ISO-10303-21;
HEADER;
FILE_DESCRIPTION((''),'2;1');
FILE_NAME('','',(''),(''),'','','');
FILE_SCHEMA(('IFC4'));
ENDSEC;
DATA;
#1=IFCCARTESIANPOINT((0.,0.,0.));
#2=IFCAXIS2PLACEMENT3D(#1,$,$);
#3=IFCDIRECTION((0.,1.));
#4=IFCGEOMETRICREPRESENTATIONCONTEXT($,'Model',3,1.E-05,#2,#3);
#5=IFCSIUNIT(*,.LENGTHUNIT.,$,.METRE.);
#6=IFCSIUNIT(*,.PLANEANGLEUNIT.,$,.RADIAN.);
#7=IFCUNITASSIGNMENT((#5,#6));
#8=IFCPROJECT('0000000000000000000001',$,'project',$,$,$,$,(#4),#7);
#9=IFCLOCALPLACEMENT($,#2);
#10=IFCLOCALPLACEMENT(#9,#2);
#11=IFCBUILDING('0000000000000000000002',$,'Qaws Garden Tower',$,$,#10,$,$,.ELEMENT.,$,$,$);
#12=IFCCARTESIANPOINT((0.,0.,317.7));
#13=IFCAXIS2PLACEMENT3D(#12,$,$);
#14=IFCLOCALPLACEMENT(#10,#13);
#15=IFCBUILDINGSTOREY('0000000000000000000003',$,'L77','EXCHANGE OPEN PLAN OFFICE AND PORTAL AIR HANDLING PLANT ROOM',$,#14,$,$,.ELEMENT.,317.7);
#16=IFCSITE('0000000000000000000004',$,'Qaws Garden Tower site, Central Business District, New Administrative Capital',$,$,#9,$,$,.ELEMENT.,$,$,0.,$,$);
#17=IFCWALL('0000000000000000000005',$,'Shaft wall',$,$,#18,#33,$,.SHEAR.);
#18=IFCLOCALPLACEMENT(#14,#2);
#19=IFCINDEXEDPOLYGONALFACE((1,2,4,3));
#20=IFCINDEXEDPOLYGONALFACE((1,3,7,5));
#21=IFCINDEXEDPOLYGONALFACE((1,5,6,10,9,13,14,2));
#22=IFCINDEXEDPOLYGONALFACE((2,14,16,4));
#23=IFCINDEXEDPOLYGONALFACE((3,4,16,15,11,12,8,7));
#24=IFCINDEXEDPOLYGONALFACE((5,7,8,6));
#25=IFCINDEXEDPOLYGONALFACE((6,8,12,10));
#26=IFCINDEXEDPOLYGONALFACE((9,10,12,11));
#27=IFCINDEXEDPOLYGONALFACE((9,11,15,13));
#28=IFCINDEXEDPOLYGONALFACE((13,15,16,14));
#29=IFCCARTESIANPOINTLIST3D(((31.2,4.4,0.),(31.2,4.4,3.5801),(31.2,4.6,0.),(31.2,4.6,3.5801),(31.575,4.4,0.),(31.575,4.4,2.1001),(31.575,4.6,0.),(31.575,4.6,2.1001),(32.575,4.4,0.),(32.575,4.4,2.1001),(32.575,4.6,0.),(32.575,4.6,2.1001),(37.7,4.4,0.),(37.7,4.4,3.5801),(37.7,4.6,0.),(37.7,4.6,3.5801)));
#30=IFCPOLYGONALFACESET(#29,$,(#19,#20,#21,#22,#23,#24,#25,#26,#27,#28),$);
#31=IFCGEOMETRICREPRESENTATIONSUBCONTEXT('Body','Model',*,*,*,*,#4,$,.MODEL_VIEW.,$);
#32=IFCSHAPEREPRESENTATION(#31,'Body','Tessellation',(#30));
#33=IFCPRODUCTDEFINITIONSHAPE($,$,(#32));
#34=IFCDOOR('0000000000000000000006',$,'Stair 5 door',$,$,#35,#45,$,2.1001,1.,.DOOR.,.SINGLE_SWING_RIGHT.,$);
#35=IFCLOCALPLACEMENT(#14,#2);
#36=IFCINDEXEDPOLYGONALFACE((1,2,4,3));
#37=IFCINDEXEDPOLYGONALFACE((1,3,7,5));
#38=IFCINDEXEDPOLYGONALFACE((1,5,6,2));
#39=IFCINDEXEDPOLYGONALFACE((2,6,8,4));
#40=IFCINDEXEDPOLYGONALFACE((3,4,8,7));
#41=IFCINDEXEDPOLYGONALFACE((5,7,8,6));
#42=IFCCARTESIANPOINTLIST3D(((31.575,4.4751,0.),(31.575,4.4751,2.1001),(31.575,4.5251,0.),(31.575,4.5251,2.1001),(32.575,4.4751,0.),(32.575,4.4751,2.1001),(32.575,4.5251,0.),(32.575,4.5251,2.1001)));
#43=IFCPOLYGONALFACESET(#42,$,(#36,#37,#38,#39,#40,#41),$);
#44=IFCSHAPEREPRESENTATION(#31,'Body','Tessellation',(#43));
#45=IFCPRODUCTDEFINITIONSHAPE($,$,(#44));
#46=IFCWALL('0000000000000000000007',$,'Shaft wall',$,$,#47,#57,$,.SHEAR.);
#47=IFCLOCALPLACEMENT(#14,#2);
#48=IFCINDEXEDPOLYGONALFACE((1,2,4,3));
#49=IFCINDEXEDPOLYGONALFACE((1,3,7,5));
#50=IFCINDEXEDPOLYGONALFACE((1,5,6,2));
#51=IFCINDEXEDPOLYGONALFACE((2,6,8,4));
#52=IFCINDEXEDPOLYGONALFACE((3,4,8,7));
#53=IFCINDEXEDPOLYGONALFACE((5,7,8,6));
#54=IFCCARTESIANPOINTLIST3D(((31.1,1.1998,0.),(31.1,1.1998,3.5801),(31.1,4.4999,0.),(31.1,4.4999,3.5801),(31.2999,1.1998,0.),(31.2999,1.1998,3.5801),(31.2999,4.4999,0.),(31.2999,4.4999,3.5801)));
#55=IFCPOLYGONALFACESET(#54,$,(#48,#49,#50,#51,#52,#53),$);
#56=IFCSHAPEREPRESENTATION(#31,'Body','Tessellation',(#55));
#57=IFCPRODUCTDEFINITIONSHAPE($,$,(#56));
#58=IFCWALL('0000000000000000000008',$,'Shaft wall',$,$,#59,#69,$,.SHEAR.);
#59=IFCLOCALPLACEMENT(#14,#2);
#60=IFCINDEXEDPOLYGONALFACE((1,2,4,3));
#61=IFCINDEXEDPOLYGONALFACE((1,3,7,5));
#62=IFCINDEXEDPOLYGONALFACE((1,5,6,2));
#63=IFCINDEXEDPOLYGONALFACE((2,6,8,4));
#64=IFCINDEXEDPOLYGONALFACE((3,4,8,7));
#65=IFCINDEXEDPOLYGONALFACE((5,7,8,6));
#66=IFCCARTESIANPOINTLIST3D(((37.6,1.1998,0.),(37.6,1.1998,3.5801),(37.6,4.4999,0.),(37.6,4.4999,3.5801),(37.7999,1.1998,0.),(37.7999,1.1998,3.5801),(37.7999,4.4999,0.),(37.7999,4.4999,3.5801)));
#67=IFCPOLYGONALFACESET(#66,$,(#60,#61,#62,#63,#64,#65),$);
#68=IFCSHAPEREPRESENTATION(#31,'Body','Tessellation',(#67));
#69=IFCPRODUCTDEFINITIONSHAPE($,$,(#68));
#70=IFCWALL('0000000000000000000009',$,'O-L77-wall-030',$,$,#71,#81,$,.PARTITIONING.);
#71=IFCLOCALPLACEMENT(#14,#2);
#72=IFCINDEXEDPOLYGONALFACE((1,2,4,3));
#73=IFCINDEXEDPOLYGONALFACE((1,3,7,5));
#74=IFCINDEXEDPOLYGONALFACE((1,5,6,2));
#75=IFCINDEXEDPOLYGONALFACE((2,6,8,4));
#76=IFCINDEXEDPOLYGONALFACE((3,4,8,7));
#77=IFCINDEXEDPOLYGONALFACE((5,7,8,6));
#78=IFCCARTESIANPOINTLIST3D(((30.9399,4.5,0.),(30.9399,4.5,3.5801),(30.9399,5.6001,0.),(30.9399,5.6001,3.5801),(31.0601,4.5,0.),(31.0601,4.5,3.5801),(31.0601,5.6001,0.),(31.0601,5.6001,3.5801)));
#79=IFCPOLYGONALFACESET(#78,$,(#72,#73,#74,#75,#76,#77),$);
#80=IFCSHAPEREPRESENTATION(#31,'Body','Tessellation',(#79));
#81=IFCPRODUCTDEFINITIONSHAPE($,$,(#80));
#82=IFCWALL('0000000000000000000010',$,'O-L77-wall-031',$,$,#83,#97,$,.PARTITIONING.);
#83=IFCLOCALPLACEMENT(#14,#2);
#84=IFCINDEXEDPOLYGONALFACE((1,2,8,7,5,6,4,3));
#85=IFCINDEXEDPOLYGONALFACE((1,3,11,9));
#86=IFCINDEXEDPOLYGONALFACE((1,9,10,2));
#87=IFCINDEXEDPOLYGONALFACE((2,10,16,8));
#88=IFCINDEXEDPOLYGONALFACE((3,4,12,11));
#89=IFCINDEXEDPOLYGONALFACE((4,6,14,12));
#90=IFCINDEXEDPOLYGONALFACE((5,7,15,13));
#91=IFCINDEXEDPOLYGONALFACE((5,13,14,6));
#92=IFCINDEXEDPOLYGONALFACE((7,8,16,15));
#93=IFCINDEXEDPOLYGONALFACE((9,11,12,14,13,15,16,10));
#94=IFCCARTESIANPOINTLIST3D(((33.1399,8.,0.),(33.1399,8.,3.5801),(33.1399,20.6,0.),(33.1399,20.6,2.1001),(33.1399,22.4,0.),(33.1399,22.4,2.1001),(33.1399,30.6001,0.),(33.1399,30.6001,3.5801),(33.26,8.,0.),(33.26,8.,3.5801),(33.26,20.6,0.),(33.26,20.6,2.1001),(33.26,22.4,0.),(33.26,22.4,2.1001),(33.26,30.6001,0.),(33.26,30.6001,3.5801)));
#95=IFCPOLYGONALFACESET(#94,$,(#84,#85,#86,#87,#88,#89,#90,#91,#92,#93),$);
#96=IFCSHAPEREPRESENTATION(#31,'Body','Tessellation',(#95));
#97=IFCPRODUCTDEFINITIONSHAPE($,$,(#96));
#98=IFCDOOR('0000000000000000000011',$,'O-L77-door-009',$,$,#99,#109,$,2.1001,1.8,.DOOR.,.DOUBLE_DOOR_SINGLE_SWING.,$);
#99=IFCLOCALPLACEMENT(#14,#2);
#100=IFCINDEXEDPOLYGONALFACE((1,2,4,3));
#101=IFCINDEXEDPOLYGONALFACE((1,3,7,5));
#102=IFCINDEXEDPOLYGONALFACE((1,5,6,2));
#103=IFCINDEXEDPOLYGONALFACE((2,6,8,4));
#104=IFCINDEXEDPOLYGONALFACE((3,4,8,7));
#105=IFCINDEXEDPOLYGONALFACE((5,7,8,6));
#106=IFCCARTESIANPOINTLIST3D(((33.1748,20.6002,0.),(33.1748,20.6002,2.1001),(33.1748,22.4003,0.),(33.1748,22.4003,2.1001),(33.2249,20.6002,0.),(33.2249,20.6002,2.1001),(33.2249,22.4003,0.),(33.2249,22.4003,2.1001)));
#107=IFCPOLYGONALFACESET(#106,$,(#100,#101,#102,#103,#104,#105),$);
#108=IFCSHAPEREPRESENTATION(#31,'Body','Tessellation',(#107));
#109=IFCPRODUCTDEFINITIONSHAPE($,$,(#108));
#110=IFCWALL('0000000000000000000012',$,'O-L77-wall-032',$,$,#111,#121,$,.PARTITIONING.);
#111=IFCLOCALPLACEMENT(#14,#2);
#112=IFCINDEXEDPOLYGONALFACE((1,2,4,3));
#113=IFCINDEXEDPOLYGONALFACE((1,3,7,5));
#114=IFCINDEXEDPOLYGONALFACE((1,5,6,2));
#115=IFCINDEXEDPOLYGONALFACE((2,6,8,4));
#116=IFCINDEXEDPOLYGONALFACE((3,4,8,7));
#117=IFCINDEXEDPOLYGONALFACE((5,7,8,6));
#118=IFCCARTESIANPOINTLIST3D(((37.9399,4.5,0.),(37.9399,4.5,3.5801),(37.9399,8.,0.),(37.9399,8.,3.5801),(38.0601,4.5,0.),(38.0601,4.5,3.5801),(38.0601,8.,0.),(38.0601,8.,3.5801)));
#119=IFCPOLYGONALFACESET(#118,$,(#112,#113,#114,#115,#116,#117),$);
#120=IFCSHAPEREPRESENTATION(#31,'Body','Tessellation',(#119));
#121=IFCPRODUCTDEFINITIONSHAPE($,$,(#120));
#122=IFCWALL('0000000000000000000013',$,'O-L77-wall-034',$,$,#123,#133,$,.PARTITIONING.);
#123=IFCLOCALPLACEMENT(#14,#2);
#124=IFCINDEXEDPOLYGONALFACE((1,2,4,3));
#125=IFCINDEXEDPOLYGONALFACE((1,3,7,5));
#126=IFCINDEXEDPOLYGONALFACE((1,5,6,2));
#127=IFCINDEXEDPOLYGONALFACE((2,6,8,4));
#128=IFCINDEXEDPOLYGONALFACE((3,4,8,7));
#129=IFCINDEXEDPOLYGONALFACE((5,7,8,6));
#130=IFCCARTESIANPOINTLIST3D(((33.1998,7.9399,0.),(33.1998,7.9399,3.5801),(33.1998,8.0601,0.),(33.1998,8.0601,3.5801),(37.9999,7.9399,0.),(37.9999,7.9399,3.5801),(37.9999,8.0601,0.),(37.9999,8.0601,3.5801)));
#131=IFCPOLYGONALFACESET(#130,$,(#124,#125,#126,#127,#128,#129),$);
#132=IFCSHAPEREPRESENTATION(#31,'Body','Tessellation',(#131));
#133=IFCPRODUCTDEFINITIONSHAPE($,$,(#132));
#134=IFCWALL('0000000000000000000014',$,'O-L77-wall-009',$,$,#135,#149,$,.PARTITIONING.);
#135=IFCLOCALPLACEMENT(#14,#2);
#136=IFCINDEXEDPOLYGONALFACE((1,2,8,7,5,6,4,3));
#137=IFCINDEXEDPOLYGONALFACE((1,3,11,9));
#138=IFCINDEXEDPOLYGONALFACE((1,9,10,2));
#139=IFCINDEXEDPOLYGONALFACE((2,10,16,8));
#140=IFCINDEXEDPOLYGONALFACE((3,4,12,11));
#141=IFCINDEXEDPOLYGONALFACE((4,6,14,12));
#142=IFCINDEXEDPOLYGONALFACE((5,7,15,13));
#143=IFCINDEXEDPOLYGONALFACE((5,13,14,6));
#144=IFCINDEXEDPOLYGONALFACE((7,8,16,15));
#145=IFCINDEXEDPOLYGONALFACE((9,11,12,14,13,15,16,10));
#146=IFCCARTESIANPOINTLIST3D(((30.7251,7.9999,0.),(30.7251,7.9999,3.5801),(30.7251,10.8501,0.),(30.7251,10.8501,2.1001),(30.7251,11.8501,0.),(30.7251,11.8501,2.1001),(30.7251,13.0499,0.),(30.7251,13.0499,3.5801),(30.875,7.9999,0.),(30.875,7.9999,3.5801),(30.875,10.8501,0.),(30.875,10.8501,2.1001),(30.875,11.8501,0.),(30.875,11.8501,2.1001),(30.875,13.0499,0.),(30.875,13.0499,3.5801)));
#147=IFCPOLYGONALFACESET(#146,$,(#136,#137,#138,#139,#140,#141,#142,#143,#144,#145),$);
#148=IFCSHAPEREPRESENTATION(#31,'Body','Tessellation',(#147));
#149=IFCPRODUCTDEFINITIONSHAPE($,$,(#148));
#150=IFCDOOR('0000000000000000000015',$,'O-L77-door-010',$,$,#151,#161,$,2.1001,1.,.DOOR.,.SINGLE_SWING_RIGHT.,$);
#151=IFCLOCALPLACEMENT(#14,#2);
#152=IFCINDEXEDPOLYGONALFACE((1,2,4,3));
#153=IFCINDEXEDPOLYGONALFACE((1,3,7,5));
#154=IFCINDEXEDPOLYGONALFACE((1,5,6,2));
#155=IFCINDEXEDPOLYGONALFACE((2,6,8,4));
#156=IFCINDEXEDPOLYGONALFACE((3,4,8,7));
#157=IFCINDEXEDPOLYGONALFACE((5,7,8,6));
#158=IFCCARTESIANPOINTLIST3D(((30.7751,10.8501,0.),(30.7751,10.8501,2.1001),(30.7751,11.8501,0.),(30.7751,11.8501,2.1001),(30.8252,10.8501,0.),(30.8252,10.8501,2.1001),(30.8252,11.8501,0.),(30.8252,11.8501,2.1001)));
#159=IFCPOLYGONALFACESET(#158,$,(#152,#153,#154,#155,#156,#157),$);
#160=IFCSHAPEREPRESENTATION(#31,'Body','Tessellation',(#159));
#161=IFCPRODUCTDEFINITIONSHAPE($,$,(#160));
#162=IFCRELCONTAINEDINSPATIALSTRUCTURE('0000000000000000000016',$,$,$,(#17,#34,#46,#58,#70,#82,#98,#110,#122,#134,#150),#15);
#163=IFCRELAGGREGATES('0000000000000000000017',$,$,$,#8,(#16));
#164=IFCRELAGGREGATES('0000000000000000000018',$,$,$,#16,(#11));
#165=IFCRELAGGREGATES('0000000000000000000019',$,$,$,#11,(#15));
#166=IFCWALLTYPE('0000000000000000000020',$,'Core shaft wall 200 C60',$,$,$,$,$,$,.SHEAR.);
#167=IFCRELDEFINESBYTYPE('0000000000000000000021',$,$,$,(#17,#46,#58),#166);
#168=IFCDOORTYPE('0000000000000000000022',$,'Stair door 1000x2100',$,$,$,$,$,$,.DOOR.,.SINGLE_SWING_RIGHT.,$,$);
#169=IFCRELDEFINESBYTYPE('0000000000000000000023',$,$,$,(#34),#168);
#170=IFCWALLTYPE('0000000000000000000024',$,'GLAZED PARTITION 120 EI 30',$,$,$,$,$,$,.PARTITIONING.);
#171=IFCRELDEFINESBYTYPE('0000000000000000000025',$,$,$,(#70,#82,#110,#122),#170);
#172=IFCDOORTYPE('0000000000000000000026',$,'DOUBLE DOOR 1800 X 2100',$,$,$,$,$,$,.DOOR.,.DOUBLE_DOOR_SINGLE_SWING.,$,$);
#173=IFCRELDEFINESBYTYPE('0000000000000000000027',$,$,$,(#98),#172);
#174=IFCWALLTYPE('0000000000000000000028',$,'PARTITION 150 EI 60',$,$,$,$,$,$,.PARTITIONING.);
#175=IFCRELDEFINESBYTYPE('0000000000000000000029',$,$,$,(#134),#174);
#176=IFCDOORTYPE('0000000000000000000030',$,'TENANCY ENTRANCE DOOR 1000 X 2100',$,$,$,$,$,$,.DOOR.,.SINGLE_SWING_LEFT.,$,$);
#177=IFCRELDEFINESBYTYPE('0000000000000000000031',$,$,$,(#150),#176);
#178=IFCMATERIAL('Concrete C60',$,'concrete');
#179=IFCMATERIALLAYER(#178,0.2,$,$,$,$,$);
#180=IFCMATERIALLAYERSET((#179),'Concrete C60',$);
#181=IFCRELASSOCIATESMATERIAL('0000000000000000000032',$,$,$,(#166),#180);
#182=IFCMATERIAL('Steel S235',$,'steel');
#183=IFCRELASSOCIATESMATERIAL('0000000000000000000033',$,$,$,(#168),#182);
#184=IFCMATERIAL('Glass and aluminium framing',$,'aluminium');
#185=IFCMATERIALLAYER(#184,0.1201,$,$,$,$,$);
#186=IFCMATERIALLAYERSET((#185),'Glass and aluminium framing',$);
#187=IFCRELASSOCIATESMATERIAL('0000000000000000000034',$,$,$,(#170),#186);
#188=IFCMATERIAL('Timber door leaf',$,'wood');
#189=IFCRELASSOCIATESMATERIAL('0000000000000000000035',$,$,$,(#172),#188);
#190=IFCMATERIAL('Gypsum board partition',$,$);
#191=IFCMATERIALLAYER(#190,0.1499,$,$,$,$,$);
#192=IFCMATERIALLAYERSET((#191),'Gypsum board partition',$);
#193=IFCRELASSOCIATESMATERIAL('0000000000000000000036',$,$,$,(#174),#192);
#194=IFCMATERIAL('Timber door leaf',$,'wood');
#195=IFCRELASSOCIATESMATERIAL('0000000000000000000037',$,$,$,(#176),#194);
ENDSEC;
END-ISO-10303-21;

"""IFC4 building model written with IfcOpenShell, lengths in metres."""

from ifc_helpers import new_model, si_unit, direction, frame, frame_2d, origin, place, context, subcontext, project, spatial, rectangle, extrude, material, layer, layer_set, type_object, element, fill, save


model = new_model("IFC4")

# Units and contexts
model_context = context("Model", 3, precision=1e-05, world=origin(), true_north=direction((0.0, 1.0)))
body_context = subcontext(model_context, "Body", "Model", "MODEL_VIEW")
ifc_project = project(units=[si_unit("LENGTHUNIT", "METRE"), si_unit("PLANEANGLEUNIT", "RADIAN")], contexts=[model_context])

# Site, building, storey
site_placement = place(None, origin())
site = spatial("IfcSite", under=ifc_project, at=site_placement, Name="Qaws Garden Tower site, Central Business District, New Administrative Capital", CompositionType="ELEMENT", RefElevation=0.0)
building_placement = place(site_placement, origin())
building = spatial("IfcBuilding", under=site, at=building_placement, Name="Qaws Garden Tower", CompositionType="ELEMENT")
storey_placement = place(building_placement, frame((0.0, 0.0, 317.7)))
storey = spatial("IfcBuildingStorey", under=building, at=storey_placement, Name="L77", Description="EXCHANGE OPEN PLAN OFFICE AND PORTAL AIR HANDLING PLANT ROOM", CompositionType="ELEMENT", Elevation=317.7)

# Shared definitions
ifc_material_1 = material(Name="Concrete C60", Category="concrete")
ifc_layer_1 = layer(ifc_material_1, 0.2)
ifc_layer_set_1 = layer_set([ifc_layer_1], Name="Concrete C60")
wall_type_1 = type_object("IfcWallType", Name="Core shaft wall 200 C60", PredefinedType="SHEAR", material=ifc_layer_set_1)

# Wall, opening, door
wall_1_placement = place(storey_placement, frame((31.2, 4.5, 0.0), z_axis=(0.0, 0.0, 1.0), x_axis=(1.0, 0.0, 0.0)))
wall_1 = element("IfcWall", 1, at=wall_1_placement, inside=storey, type_object=wall_type_1, Name="Shaft wall", PredefinedType="SHEAR", context=body_context, shape_type="SweptSolid", body=[
    extrude(rectangle(XDim=6.5, YDim=0.2, at=frame_2d((3.25, 0.0))), origin(), (0.0, 0.0, 1.0), 3.5801),
])
opening_1_placement = place(wall_1_placement, frame((0.375, 0.0, 0.0)))
opening_1 = element("IfcOpeningElement", 2, at=opening_1_placement, cuts=wall_1, PredefinedType="OPENING", context=body_context, shape_type="SweptSolid", body=[
    extrude(rectangle(XDim=1.0, YDim=2.1001, at=frame_2d((0.5, 1.05))), frame((0.0, 0.1099, 0.0), z_axis=(0.0, -1.0, 0.0), x_axis=(1.0, 0.0, 0.0)), (0.0, 0.0, 1.0), 0.22),
])
ifc_material_2 = material(Name="Steel S235", Category="steel")
door_type_1 = type_object("IfcDoorType", Name="Stair door 1000x2100", OperationType="SINGLE_SWING_RIGHT", PredefinedType="DOOR", material=ifc_material_2)
door_1_placement = place(opening_1_placement, frame((1.0, 0.0, 0.0), z_axis=(0.0, 0.0, 1.0), x_axis=(-1.0, 0.0, 0.0)))
door_1 = element("IfcDoor", 3, at=door_1_placement, inside=storey, type_object=door_type_1, Name="Stair 5 door", OperationType="SINGLE_SWING_RIGHT", OverallHeight=2.1001, OverallWidth=1.0, PredefinedType="DOOR", context=body_context, shape_type="SweptSolid", body=[
    extrude(rectangle(XDim=1.0, YDim=2.1001, at=frame_2d((0.5, 1.05))), frame((0.0, 0.0249, 0.0), z_axis=(0.0, -1.0, 0.0), x_axis=(1.0, 0.0, 0.0)), (0.0, 0.0, 1.0), 0.05),
])
fill(opening_1, door_1)

# Walls
for number, where, z_axis, x_axis, name in (
    (4, (31.2, 1.2, 0.0), (0.0, 0.0, 1.0), (0.0, 1.0, 0.0), "Shaft wall"),
    (5, (37.7, 1.2, 0.0), (0.0, 0.0, 1.0), (0.0, 1.0, 0.0), "Shaft wall"),
):
    element("IfcWall", number, at=place(storey_placement, frame(where, z_axis=z_axis, x_axis=x_axis)), inside=storey, type_object=wall_type_1, Name=name, PredefinedType="SHEAR", context=body_context, shape_type="SweptSolid", body=[
        extrude(rectangle(XDim=3.3, YDim=0.2, at=frame_2d((1.6499, 0.0))), origin(), (0.0, 0.0, 1.0), 3.5801),
    ])
ifc_material_3 = material(Name="Glass and aluminium framing", Category="aluminium")
ifc_layer_2 = layer(ifc_material_3, 0.1201)
ifc_layer_set_2 = layer_set([ifc_layer_2], Name="Glass and aluminium framing")
wall_type_2 = type_object("IfcWallType", Name="GLAZED PARTITION 120 EI 30", PredefinedType="PARTITIONING", material=ifc_layer_set_2)
wall_2_placement = place(storey_placement, frame((31.0, 4.5, 0.0), z_axis=(0.0, 0.0, 1.0), x_axis=(0.0, 1.0, 0.0)))
element("IfcWall", 6, at=wall_2_placement, inside=storey, type_object=wall_type_2, Name="O-L77-wall-030", PredefinedType="PARTITIONING", context=body_context, shape_type="SweptSolid", body=[
    extrude(rectangle(XDim=1.1001, YDim=0.1201, at=frame_2d((0.55, 0.0))), origin(), (0.0, 0.0, 1.0), 3.5801),
])

# Wall, opening, door
wall_3_placement = place(storey_placement, frame((33.2, 8.0, 0.0), z_axis=(0.0, 0.0, 1.0), x_axis=(0.0, 1.0, 0.0)))
wall_3 = element("IfcWall", 7, at=wall_3_placement, inside=storey, type_object=wall_type_2, Name="O-L77-wall-031", PredefinedType="PARTITIONING", context=body_context, shape_type="SweptSolid", body=[
    extrude(rectangle(XDim=22.6001, YDim=0.1201, at=frame_2d((11.3, 0.0))), origin(), (0.0, 0.0, 1.0), 3.5801),
])
opening_2_placement = place(wall_3_placement, frame((12.6001, 0.0, 0.0)))
opening_2 = element("IfcOpeningElement", 8, at=opening_2_placement, cuts=wall_3, PredefinedType="OPENING", context=body_context, shape_type="SweptSolid", body=[
    extrude(rectangle(XDim=1.8, YDim=2.1001, at=frame_2d((0.8999, 1.05))), frame((0.0, 0.0701, 0.0), z_axis=(0.0, -1.0, 0.0), x_axis=(1.0, 0.0, 0.0)), (0.0, 0.0, 1.0), 0.1401),
])
ifc_material_4 = material(Name="Timber door leaf", Category="wood")
door_type_2 = type_object("IfcDoorType", Name="DOUBLE DOOR 1800 X 2100", OperationType="DOUBLE_DOOR_SINGLE_SWING", PredefinedType="DOOR", material=ifc_material_4)
door_2_placement = place(opening_2_placement, frame((1.8, 0.0, 0.0), z_axis=(0.0, 0.0, 1.0), x_axis=(-1.0, 0.0, 0.0)))
door_2 = element("IfcDoor", 9, at=door_2_placement, inside=storey, type_object=door_type_2, Name="O-L77-door-009", OperationType="DOUBLE_DOOR_SINGLE_SWING", OverallHeight=2.1001, OverallWidth=1.8, PredefinedType="DOOR", context=body_context, shape_type="SweptSolid", body=[
    extrude(rectangle(XDim=1.8, YDim=2.1001, at=frame_2d((0.8999, 1.05))), frame((0.0, 0.0249, 0.0), z_axis=(0.0, -1.0, 0.0), x_axis=(1.0, 0.0, 0.0)), (0.0, 0.0, 1.0), 0.05),
])
fill(opening_2, door_2)

# Walls
wall_4_placement = place(storey_placement, frame((38.0, 4.5, 0.0), z_axis=(0.0, 0.0, 1.0), x_axis=(0.0, 1.0, 0.0)))
element("IfcWall", 10, at=wall_4_placement, inside=storey, type_object=wall_type_2, Name="O-L77-wall-032", PredefinedType="PARTITIONING", context=body_context, shape_type="SweptSolid", body=[
    extrude(rectangle(XDim=3.5, YDim=0.1201, at=frame_2d((1.75, 0.0))), origin(), (0.0, 0.0, 1.0), 3.5801),
])
wall_5_placement = place(storey_placement, frame((33.2, 8.0, 0.0), z_axis=(0.0, 0.0, 1.0), x_axis=(1.0, 0.0, 0.0)))
element("IfcWall", 11, at=wall_5_placement, inside=storey, type_object=wall_type_2, Name="O-L77-wall-034", PredefinedType="PARTITIONING", context=body_context, shape_type="SweptSolid", body=[
    extrude(rectangle(XDim=4.8, YDim=0.1201, at=frame_2d((2.3999, 0.0))), origin(), (0.0, 0.0, 1.0), 3.5801),
])

# Wall, opening, door
ifc_material_5 = material(Name="Gypsum board partition")
ifc_layer_3 = layer(ifc_material_5, 0.1499)
ifc_layer_set_3 = layer_set([ifc_layer_3], Name="Gypsum board partition")
wall_type_3 = type_object("IfcWallType", Name="PARTITION 150 EI 60", PredefinedType="PARTITIONING", material=ifc_layer_set_3)
wall_6_placement = place(storey_placement, frame((30.8, 8.0, 0.0), z_axis=(0.0, 0.0, 1.0), x_axis=(0.0, 1.0, 0.0)))
wall_6 = element("IfcWall", 12, at=wall_6_placement, inside=storey, type_object=wall_type_3, Name="O-L77-wall-009", PredefinedType="PARTITIONING", context=body_context, shape_type="SweptSolid", body=[
    extrude(rectangle(XDim=5.05, YDim=0.1499, at=frame_2d((2.5249, 0.0))), origin(), (0.0, 0.0, 1.0), 3.5801),
])
opening_3_placement = place(wall_6_placement, frame((2.8501, 0.0, 0.0)))
opening_3 = element("IfcOpeningElement", 13, at=opening_3_placement, cuts=wall_6, PredefinedType="OPENING", context=body_context, shape_type="SweptSolid", body=[
    extrude(rectangle(XDim=1.0, YDim=2.1001, at=frame_2d((0.5, 1.05))), frame((0.0, 0.085, 0.0), z_axis=(0.0, -1.0, 0.0), x_axis=(1.0, 0.0, 0.0)), (0.0, 0.0, 1.0), 0.1699),
])
ifc_material_6 = material(Name="Timber door leaf", Category="wood")
door_type_3 = type_object("IfcDoorType", Name="TENANCY ENTRANCE DOOR 1000 X 2100", OperationType="SINGLE_SWING_LEFT", PredefinedType="DOOR", material=ifc_material_6)
door_3_placement = place(opening_3_placement, origin())
door_3 = element("IfcDoor", 14, at=door_3_placement, inside=storey, type_object=door_type_3, Name="O-L77-door-010", OperationType="SINGLE_SWING_RIGHT", OverallHeight=2.1001, OverallWidth=1.0, PredefinedType="DOOR", context=body_context, shape_type="SweptSolid", body=[
    extrude(rectangle(XDim=1.0, YDim=2.1001, at=frame_2d((0.5, 1.05))), frame((0.0, 0.0249, 0.0), z_axis=(0.0, -1.0, 0.0), x_axis=(1.0, 0.0, 0.0)), (0.0, 0.0, 1.0), 0.05),
])
fill(opening_3, door_3)

save(model, "model.ifc")
